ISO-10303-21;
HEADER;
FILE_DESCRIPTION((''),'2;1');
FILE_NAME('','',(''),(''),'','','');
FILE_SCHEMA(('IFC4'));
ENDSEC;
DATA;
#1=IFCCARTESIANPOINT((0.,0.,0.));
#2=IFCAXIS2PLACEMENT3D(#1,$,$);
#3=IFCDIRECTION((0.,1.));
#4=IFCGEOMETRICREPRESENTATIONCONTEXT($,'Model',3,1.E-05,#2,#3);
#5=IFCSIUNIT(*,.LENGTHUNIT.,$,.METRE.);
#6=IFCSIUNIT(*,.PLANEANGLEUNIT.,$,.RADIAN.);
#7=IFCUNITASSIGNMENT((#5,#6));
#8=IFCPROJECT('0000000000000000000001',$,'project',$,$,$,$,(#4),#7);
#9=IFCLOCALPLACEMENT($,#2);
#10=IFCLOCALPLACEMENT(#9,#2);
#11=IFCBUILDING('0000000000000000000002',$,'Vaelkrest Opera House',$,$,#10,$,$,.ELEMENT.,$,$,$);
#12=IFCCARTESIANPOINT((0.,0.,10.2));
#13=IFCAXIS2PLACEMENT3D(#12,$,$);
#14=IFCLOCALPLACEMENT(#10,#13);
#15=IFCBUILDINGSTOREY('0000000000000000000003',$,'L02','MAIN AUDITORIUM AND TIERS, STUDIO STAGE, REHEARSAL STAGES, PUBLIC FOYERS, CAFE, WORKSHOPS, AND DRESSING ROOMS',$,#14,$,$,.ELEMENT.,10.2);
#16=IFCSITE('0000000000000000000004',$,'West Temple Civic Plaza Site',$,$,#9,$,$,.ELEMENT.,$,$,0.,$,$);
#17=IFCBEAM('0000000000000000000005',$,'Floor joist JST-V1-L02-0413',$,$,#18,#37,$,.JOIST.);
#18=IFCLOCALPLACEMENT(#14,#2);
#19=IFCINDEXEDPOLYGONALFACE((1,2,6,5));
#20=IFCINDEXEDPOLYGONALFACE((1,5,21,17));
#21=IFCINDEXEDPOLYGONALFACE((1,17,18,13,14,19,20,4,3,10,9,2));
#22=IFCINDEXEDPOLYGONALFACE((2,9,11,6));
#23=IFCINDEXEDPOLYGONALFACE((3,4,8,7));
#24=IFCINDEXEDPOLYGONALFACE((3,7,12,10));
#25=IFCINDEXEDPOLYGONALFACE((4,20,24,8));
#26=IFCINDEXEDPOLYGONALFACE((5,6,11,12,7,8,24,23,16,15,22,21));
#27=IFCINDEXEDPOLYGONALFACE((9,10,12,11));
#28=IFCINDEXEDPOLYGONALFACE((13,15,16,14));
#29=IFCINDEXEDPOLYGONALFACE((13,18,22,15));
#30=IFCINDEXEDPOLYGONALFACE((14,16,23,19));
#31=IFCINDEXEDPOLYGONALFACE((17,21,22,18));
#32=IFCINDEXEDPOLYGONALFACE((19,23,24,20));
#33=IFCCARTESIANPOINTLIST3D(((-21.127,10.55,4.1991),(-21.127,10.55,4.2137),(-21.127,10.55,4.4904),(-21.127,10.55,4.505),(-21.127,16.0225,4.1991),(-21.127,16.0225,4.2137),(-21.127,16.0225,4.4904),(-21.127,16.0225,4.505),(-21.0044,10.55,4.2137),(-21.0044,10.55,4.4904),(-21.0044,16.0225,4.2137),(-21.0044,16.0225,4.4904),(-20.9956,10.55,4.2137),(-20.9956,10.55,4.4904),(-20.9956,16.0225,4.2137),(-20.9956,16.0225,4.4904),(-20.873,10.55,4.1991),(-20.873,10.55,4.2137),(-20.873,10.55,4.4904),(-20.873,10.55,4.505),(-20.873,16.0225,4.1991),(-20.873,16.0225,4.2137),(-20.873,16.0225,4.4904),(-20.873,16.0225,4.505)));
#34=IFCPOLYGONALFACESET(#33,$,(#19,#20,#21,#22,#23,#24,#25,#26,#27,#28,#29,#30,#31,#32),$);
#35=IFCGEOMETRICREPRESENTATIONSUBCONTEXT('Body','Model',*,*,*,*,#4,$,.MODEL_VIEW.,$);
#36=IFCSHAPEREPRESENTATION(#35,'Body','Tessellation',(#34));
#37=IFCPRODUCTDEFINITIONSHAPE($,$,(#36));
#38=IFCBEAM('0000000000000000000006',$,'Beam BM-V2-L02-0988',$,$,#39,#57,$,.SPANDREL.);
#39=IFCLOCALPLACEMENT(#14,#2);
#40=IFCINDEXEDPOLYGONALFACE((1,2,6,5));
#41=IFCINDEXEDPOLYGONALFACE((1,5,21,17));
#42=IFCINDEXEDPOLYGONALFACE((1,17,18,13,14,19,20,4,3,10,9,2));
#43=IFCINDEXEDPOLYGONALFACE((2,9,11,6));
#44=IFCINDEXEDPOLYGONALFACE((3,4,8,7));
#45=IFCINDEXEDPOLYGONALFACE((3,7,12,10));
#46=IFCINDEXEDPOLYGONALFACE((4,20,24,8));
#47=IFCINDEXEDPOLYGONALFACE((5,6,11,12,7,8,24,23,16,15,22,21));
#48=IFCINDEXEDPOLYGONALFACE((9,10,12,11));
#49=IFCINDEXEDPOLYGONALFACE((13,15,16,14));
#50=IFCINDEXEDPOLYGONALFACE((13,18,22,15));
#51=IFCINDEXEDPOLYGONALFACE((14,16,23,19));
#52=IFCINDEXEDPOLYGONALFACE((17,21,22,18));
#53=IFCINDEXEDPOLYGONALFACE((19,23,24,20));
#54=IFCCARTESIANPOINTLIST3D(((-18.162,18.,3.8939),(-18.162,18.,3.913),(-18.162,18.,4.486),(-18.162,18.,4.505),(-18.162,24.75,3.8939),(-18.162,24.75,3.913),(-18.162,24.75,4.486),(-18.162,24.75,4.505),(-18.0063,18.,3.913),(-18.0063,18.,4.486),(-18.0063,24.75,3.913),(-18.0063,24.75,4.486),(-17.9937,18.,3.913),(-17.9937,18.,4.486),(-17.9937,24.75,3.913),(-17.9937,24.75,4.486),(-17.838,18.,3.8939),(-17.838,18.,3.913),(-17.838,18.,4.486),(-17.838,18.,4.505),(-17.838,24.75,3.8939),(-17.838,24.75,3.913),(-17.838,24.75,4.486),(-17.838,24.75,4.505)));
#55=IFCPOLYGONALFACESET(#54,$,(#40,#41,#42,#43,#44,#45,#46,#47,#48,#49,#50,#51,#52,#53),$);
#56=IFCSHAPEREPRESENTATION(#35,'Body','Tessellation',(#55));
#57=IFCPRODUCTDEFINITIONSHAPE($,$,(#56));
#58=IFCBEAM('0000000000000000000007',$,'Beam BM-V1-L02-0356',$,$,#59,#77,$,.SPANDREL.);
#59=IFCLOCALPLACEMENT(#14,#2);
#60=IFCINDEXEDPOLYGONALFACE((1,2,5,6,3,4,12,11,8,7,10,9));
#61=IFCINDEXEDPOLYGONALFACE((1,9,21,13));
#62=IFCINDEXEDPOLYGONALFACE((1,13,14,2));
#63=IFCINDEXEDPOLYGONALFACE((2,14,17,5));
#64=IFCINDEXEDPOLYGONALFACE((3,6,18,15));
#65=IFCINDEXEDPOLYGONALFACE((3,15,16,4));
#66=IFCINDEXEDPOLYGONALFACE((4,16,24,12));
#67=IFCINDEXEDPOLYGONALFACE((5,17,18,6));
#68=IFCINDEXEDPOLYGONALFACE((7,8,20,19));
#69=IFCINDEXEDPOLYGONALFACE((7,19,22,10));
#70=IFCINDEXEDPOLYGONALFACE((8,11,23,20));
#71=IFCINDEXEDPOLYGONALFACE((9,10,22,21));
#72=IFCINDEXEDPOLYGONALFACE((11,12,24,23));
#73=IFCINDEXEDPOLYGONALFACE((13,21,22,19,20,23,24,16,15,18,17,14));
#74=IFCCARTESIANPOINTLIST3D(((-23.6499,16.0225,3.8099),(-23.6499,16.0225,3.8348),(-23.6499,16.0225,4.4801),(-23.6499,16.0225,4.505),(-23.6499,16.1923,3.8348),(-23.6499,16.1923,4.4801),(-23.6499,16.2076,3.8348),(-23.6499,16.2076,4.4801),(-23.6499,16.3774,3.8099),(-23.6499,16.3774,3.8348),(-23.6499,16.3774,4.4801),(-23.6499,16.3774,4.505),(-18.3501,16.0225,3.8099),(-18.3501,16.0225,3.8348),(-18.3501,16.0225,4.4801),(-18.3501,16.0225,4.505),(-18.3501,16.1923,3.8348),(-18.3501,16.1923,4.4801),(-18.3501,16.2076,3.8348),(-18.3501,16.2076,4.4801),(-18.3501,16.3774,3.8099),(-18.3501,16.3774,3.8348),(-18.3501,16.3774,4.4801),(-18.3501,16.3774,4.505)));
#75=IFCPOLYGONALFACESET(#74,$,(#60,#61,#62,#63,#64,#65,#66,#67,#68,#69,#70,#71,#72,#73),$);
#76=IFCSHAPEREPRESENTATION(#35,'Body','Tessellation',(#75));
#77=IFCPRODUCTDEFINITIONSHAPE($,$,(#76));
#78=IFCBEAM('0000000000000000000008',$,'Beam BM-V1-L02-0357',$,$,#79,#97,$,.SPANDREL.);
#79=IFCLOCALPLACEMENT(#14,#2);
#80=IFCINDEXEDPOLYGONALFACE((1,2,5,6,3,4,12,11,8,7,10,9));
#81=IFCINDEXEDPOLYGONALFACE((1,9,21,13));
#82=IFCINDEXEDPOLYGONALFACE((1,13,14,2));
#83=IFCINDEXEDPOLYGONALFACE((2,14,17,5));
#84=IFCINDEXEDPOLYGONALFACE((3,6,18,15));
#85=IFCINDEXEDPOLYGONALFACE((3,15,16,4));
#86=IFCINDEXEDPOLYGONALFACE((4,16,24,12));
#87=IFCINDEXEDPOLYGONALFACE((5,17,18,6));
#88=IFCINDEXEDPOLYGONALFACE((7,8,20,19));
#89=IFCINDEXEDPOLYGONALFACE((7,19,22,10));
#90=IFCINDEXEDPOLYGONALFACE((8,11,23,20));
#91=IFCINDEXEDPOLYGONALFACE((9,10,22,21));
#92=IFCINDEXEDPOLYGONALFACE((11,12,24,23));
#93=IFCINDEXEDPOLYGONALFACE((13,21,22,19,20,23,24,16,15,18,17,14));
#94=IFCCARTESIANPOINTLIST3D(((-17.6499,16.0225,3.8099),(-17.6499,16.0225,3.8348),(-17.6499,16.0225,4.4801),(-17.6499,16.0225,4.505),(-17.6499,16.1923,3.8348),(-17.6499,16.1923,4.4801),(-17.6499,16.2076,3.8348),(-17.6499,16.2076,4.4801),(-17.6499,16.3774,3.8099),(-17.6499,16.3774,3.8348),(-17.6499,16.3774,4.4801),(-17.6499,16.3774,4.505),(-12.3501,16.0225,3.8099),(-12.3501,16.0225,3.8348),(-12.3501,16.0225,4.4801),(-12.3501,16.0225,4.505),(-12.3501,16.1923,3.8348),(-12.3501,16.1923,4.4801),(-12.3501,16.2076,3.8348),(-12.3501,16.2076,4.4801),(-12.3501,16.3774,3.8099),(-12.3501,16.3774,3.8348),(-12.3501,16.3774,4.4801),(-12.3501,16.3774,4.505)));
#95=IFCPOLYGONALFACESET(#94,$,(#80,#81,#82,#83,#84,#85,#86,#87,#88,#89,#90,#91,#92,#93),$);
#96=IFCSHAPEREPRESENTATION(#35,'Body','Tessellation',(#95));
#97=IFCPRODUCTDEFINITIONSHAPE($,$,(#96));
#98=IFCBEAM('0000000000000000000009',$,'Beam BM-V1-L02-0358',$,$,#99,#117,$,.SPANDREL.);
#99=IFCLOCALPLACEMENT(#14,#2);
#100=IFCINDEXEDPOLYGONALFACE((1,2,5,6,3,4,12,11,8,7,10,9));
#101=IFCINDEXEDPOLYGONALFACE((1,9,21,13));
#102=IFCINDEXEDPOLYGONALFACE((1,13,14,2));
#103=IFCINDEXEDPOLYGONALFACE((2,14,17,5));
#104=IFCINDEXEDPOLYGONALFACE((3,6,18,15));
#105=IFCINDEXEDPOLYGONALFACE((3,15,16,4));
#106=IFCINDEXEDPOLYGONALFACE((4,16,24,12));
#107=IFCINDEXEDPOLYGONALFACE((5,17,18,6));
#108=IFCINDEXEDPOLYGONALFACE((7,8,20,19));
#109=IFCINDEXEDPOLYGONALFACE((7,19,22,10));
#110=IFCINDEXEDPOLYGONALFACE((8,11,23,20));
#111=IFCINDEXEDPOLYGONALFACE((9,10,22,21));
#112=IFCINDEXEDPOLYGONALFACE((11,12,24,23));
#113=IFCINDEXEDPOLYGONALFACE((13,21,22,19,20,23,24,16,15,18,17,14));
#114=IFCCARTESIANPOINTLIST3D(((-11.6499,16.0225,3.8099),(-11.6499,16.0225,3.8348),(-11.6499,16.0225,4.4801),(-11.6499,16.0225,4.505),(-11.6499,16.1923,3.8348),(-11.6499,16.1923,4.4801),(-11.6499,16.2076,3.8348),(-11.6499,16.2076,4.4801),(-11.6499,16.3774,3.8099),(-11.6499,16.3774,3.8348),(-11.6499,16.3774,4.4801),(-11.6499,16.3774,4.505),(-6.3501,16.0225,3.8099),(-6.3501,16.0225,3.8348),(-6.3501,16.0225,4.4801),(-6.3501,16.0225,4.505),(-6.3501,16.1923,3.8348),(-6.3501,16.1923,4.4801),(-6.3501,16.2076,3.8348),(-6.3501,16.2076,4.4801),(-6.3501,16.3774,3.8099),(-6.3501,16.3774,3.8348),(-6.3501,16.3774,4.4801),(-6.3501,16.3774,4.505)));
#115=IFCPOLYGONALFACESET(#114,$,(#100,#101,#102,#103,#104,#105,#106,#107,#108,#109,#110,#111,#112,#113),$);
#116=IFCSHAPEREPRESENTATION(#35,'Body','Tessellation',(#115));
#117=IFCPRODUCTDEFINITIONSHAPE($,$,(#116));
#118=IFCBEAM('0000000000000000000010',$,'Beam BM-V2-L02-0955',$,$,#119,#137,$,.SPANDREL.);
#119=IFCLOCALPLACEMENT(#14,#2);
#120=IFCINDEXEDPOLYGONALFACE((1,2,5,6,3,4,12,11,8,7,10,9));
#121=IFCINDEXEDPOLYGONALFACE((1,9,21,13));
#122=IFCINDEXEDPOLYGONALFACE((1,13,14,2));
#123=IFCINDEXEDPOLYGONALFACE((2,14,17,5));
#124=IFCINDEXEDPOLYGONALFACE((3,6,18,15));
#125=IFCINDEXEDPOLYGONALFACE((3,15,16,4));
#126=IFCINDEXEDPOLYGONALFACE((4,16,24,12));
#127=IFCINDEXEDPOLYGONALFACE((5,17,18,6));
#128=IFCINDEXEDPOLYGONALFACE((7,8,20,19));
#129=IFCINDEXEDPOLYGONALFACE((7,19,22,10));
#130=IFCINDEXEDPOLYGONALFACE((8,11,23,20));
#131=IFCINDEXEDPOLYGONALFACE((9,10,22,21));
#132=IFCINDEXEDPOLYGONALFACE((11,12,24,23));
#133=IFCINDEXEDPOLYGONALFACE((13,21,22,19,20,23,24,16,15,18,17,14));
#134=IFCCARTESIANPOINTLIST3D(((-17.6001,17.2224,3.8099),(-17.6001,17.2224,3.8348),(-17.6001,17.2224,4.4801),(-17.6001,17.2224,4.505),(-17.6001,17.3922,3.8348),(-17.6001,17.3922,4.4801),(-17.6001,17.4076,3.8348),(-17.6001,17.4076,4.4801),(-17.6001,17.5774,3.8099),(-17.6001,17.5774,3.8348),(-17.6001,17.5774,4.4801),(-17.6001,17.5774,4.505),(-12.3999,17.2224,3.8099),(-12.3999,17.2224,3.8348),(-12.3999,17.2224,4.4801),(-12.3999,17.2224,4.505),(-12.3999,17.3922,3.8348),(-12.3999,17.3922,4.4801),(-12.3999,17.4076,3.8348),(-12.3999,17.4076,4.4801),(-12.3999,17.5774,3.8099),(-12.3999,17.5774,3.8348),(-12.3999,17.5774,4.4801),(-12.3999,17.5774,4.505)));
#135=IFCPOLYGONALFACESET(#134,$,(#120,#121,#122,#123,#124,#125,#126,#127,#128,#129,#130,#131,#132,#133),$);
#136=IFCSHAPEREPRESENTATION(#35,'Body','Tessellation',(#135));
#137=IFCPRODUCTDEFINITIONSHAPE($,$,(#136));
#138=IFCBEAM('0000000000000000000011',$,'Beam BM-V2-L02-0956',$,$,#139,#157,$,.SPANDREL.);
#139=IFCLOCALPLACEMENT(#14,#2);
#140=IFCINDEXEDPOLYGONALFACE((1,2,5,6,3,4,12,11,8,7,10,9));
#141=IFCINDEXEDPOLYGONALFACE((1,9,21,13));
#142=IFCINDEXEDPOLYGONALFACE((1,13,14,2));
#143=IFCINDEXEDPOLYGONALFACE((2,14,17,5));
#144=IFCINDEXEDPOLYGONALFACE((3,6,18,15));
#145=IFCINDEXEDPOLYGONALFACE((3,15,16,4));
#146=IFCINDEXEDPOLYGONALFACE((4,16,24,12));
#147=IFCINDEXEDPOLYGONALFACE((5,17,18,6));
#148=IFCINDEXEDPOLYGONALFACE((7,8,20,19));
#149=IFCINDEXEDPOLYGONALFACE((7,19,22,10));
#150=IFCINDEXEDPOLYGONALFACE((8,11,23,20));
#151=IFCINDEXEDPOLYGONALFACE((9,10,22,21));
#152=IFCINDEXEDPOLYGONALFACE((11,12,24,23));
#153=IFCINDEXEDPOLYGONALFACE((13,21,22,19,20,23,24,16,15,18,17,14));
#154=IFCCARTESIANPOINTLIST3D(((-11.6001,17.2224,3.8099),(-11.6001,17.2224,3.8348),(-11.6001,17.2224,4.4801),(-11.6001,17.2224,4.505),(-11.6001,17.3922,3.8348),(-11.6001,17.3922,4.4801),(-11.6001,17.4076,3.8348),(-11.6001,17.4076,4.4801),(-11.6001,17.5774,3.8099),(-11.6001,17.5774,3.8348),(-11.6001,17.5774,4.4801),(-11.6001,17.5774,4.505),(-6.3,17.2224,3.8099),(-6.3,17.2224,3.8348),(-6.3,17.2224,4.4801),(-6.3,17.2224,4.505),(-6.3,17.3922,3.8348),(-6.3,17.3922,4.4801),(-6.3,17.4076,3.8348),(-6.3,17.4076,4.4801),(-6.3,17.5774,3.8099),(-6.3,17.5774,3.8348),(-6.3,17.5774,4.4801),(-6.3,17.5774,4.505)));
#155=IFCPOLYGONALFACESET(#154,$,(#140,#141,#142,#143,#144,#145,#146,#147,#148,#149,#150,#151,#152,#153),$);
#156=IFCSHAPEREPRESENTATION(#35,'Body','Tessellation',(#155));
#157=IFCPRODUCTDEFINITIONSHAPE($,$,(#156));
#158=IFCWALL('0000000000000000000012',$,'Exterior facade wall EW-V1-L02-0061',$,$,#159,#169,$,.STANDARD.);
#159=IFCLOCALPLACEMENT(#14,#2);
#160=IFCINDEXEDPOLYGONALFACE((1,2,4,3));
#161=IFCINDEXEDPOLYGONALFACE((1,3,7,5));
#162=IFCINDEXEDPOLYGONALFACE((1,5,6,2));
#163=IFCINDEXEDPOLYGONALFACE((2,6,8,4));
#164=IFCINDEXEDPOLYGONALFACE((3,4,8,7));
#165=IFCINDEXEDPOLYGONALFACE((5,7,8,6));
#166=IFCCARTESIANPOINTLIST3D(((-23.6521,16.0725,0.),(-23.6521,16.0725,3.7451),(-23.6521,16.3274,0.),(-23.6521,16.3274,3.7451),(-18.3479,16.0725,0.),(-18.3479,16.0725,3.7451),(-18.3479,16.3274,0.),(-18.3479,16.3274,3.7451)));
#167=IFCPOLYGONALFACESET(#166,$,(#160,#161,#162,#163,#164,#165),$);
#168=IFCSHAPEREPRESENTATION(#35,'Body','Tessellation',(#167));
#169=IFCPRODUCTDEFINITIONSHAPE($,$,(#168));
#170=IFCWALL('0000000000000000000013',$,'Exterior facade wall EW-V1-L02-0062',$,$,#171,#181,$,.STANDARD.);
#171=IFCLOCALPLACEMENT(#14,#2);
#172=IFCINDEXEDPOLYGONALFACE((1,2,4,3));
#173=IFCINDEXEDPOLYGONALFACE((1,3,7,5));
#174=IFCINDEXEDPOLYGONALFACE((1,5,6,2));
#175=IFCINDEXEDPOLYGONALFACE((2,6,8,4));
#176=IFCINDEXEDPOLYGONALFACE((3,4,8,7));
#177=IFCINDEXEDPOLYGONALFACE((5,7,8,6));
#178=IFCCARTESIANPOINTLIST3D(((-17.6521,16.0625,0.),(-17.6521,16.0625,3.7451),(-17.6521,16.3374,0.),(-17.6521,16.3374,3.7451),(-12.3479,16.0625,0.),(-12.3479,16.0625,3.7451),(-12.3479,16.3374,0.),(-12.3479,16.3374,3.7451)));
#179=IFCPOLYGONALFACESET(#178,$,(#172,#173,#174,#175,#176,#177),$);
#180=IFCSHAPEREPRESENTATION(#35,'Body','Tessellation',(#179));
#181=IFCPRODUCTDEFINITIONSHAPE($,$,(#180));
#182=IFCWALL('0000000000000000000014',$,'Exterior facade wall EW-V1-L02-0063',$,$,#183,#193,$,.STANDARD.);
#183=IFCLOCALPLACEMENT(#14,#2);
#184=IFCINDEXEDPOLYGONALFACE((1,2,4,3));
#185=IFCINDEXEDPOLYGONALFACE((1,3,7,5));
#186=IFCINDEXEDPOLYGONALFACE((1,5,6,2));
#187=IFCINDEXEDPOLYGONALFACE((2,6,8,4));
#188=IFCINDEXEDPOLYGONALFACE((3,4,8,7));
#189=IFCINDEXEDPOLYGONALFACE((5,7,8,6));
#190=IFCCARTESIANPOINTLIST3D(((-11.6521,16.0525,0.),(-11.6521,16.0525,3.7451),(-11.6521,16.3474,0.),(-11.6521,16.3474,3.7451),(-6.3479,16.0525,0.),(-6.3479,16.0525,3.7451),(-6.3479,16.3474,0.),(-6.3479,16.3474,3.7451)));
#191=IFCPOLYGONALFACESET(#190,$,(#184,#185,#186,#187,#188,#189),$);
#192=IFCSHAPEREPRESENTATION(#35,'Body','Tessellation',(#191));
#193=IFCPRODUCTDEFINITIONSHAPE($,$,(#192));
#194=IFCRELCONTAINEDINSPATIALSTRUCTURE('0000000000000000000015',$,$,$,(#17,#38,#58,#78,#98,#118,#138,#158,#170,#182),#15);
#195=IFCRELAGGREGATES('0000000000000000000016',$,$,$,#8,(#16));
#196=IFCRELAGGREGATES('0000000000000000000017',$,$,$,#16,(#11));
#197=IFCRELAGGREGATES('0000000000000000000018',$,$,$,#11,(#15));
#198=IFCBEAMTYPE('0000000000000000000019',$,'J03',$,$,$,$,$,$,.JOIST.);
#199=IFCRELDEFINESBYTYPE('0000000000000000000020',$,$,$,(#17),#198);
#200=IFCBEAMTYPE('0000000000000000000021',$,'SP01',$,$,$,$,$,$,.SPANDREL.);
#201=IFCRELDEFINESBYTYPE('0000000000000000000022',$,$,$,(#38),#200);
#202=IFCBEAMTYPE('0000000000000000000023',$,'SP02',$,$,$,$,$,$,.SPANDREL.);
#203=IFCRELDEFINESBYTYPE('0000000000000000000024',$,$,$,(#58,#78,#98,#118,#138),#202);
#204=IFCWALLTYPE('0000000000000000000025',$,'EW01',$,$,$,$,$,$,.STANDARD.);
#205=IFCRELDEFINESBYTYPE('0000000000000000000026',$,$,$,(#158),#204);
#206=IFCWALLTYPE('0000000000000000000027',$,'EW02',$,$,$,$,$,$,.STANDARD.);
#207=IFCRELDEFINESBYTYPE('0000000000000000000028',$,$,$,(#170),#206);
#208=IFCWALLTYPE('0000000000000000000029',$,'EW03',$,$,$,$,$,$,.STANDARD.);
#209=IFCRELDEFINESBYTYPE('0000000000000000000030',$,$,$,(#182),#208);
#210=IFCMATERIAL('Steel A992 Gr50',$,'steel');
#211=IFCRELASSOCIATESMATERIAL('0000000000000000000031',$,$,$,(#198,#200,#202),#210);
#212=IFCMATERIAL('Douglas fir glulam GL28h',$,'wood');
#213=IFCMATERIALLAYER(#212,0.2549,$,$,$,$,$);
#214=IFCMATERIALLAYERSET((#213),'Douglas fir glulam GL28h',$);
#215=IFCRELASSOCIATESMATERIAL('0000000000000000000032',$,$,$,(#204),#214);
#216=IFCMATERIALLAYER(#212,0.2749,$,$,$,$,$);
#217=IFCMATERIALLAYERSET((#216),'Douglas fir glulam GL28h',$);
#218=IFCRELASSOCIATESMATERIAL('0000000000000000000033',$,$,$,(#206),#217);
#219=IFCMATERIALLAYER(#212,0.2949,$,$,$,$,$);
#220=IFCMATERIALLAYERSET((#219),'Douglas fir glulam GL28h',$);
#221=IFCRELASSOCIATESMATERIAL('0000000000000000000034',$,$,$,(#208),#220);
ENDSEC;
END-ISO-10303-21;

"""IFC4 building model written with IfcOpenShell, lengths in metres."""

from ifc_helpers import new_model, si_unit, direction, frame, frame_2d, origin, origin_2d, place, context, subcontext, project, spatial, rectangle, i_section, extrude, material, layer, layer_set, material_profile, profile_set, type_object, element, save


model = new_model("IFC4")

# Units and contexts
model_context = context("Model", 3, precision=1e-05, world=origin(), true_north=direction((0.0, 1.0)))
body_context = subcontext(model_context, "Body", "Model", "MODEL_VIEW")
ifc_project = project(units=[si_unit("LENGTHUNIT", "METRE"), si_unit("PLANEANGLEUNIT", "RADIAN")], contexts=[model_context])

# Site, building, storey
site_placement = place(None, origin())
site = spatial("IfcSite", under=ifc_project, at=site_placement, Name="West Temple Civic Plaza Site", CompositionType="ELEMENT", RefElevation=0.0)
building_placement = place(site_placement, origin())
building = spatial("IfcBuilding", under=site, at=building_placement, Name="Vaelkrest Opera House", CompositionType="ELEMENT")
storey_placement = place(building_placement, frame((0.0, 0.0, 10.2)))
storey = spatial("IfcBuildingStorey", under=building, at=storey_placement, Name="L02", Description="MAIN AUDITORIUM AND TIERS, STUDIO STAGE, REHEARSAL STAGES, PUBLIC FOYERS, CAFE, WORKSHOPS, AND DRESSING ROOMS", CompositionType="ELEMENT", Elevation=10.2)

# Beams
ifc_material_1 = material(Name="Steel A992 Gr50", Category="steel")
ifc_material_profile_1 = material_profile(ifc_material_1, i_section(OverallWidth=0.2539, OverallDepth=0.3059, WebThickness=0.0088, FlangeThickness=0.0146, at=origin_2d()), Name="W12X53")
ifc_profile_set_1 = profile_set([ifc_material_profile_1], Name="Steel A992 Gr50")
beam_type_1 = type_object("IfcBeamType", Name="J03", PredefinedType="JOIST", material=ifc_profile_set_1)
beam_1_placement = place(storey_placement, frame((-21.0, 10.55, 4.3521), z_axis=(0.0, 1.0, 0.0), x_axis=(-1.0, 0.0, 0.0)))
element("IfcBeam", 1, at=beam_1_placement, inside=storey, type_object=beam_type_1, Name="Floor joist JST-V1-L02-0413", PredefinedType="JOIST", context=body_context, shape_type="SweptSolid", body=[
    extrude(i_section(OverallWidth=0.2539, OverallDepth=0.3059, WebThickness=0.0088, FlangeThickness=0.0146, at=origin_2d()), origin(), (0.0, 0.0, 1.0), 5.4724),
])
ifc_material_profile_2 = material_profile(ifc_material_1, i_section(OverallWidth=0.324, OverallDepth=0.6111, WebThickness=0.0127, FlangeThickness=0.019, at=origin_2d()), Name="W24X104")
ifc_profile_set_2 = profile_set([ifc_material_profile_2], Name="Steel A992 Gr50")
beam_type_2 = type_object("IfcBeamType", Name="SP01", PredefinedType="SPANDREL", material=ifc_profile_set_2)
beam_2_placement = place(storey_placement, frame((-18.0, 18.0, 4.1995), z_axis=(0.0, 1.0, 0.0), x_axis=(-1.0, 0.0, 0.0)))
element("IfcBeam", 2, at=beam_2_placement, inside=storey, type_object=beam_type_2, Name="Beam BM-V2-L02-0988", PredefinedType="SPANDREL", context=body_context, shape_type="SweptSolid", body=[
    extrude(i_section(OverallWidth=0.324, OverallDepth=0.6111, WebThickness=0.0127, FlangeThickness=0.019, at=origin_2d()), origin(), (0.0, 0.0, 1.0), 6.75),
])
ifc_material_profile_3 = material_profile(ifc_material_1, i_section(OverallWidth=0.355, OverallDepth=0.6951, WebThickness=0.0154, FlangeThickness=0.0249, at=origin_2d()), Name="W27X146")
ifc_profile_set_3 = profile_set([ifc_material_profile_3], Name="Steel A992 Gr50")
beam_type_3 = type_object("IfcBeamType", Name="SP02", PredefinedType="SPANDREL", material=ifc_profile_set_3)
for number, where, z_axis, x_axis, name in (
    (3, (-23.6499, 16.2, 4.1575), (1.0, 0.0, 0.0), (0.0, 1.0, 0.0), "Beam BM-V1-L02-0356"),
    (4, (-17.6499, 16.2, 4.1575), (1.0, 0.0, 0.0), (0.0, 1.0, 0.0), "Beam BM-V1-L02-0357"),
    (5, (-11.6499, 16.2, 4.1575), (1.0, 0.0, 0.0), (0.0, 1.0, 0.0), "Beam BM-V1-L02-0358"),
):
    element("IfcBeam", number, at=place(storey_placement, frame(where, z_axis=z_axis, x_axis=x_axis)), inside=storey, type_object=beam_type_3, Name=name, PredefinedType="SPANDREL", context=body_context, shape_type="SweptSolid", body=[
        extrude(i_section(OverallWidth=0.355, OverallDepth=0.6951, WebThickness=0.0154, FlangeThickness=0.0249, at=origin_2d()), origin(), (0.0, 0.0, 1.0), 5.2998),
    ])
beam_3_placement = place(storey_placement, frame((-17.6001, 17.3999, 4.1575), z_axis=(1.0, 0.0, 0.0), x_axis=(0.0, 1.0, 0.0)))
element("IfcBeam", 6, at=beam_3_placement, inside=storey, type_object=beam_type_3, Name="Beam BM-V2-L02-0955", PredefinedType="SPANDREL", context=body_context, shape_type="SweptSolid", body=[
    extrude(i_section(OverallWidth=0.355, OverallDepth=0.6951, WebThickness=0.0154, FlangeThickness=0.0249, at=origin_2d()), origin(), (0.0, 0.0, 1.0), 5.2002),
])
beam_4_placement = place(storey_placement, frame((-11.6001, 17.3999, 4.1575), z_axis=(1.0, 0.0, 0.0), x_axis=(0.0, 1.0, 0.0)))
element("IfcBeam", 7, at=beam_4_placement, inside=storey, type_object=beam_type_3, Name="Beam BM-V2-L02-0956", PredefinedType="SPANDREL", context=body_context, shape_type="SweptSolid", body=[
    extrude(i_section(OverallWidth=0.355, OverallDepth=0.6951, WebThickness=0.0154, FlangeThickness=0.0249, at=origin_2d()), origin(), (0.0, 0.0, 1.0), 5.3),
])

# Walls
ifc_material_2 = material(Name="Douglas fir glulam GL28h", Category="wood")
ifc_layer_1 = layer(ifc_material_2, 0.2549)
ifc_layer_set_1 = layer_set([ifc_layer_1], Name="Douglas fir glulam GL28h")
wall_type_1 = type_object("IfcWallType", Name="EW01", PredefinedType="STANDARD", material=ifc_layer_set_1)
wall_1_placement = place(storey_placement, frame((-23.6521, 16.2, 0.0), z_axis=(0.0, 0.0, 1.0), x_axis=(1.0, 0.0, 0.0)))
element("IfcWall", 8, at=wall_1_placement, inside=storey, type_object=wall_type_1, Name="Exterior facade wall EW-V1-L02-0061", PredefinedType="STANDARD", context=body_context, shape_type="SweptSolid", body=[
    extrude(rectangle(XDim=5.3042, YDim=0.2549, at=frame_2d((2.6521, 0.0))), origin(), (0.0, 0.0, 1.0), 3.7451),
])
ifc_layer_2 = layer(ifc_material_2, 0.2749)
ifc_layer_set_2 = layer_set([ifc_layer_2], Name="Douglas fir glulam GL28h")
wall_type_2 = type_object("IfcWallType", Name="EW02", PredefinedType="STANDARD", material=ifc_layer_set_2)
wall_2_placement = place(storey_placement, frame((-17.6521, 16.2, 0.0), z_axis=(0.0, 0.0, 1.0), x_axis=(1.0, 0.0, 0.0)))
element("IfcWall", 9, at=wall_2_placement, inside=storey, type_object=wall_type_2, Name="Exterior facade wall EW-V1-L02-0062", PredefinedType="STANDARD", context=body_context, shape_type="SweptSolid", body=[
    extrude(rectangle(XDim=5.3042, YDim=0.2749, at=frame_2d((2.6521, 0.0))), origin(), (0.0, 0.0, 1.0), 3.7451),
])
ifc_layer_3 = layer(ifc_material_2, 0.2949)
ifc_layer_set_3 = layer_set([ifc_layer_3], Name="Douglas fir glulam GL28h")
wall_type_3 = type_object("IfcWallType", Name="EW03", PredefinedType="STANDARD", material=ifc_layer_set_3)
wall_3_placement = place(storey_placement, frame((-11.6521, 16.2, 0.0), z_axis=(0.0, 0.0, 1.0), x_axis=(1.0, 0.0, 0.0)))
element("IfcWall", 10, at=wall_3_placement, inside=storey, type_object=wall_type_3, Name="Exterior facade wall EW-V1-L02-0063", PredefinedType="STANDARD", context=body_context, shape_type="SweptSolid", body=[
    extrude(rectangle(XDim=5.3042, YDim=0.2949, at=frame_2d((2.6521, 0.0))), origin(), (0.0, 0.0, 1.0), 3.7451),
])

save(model, "model.ifc")
